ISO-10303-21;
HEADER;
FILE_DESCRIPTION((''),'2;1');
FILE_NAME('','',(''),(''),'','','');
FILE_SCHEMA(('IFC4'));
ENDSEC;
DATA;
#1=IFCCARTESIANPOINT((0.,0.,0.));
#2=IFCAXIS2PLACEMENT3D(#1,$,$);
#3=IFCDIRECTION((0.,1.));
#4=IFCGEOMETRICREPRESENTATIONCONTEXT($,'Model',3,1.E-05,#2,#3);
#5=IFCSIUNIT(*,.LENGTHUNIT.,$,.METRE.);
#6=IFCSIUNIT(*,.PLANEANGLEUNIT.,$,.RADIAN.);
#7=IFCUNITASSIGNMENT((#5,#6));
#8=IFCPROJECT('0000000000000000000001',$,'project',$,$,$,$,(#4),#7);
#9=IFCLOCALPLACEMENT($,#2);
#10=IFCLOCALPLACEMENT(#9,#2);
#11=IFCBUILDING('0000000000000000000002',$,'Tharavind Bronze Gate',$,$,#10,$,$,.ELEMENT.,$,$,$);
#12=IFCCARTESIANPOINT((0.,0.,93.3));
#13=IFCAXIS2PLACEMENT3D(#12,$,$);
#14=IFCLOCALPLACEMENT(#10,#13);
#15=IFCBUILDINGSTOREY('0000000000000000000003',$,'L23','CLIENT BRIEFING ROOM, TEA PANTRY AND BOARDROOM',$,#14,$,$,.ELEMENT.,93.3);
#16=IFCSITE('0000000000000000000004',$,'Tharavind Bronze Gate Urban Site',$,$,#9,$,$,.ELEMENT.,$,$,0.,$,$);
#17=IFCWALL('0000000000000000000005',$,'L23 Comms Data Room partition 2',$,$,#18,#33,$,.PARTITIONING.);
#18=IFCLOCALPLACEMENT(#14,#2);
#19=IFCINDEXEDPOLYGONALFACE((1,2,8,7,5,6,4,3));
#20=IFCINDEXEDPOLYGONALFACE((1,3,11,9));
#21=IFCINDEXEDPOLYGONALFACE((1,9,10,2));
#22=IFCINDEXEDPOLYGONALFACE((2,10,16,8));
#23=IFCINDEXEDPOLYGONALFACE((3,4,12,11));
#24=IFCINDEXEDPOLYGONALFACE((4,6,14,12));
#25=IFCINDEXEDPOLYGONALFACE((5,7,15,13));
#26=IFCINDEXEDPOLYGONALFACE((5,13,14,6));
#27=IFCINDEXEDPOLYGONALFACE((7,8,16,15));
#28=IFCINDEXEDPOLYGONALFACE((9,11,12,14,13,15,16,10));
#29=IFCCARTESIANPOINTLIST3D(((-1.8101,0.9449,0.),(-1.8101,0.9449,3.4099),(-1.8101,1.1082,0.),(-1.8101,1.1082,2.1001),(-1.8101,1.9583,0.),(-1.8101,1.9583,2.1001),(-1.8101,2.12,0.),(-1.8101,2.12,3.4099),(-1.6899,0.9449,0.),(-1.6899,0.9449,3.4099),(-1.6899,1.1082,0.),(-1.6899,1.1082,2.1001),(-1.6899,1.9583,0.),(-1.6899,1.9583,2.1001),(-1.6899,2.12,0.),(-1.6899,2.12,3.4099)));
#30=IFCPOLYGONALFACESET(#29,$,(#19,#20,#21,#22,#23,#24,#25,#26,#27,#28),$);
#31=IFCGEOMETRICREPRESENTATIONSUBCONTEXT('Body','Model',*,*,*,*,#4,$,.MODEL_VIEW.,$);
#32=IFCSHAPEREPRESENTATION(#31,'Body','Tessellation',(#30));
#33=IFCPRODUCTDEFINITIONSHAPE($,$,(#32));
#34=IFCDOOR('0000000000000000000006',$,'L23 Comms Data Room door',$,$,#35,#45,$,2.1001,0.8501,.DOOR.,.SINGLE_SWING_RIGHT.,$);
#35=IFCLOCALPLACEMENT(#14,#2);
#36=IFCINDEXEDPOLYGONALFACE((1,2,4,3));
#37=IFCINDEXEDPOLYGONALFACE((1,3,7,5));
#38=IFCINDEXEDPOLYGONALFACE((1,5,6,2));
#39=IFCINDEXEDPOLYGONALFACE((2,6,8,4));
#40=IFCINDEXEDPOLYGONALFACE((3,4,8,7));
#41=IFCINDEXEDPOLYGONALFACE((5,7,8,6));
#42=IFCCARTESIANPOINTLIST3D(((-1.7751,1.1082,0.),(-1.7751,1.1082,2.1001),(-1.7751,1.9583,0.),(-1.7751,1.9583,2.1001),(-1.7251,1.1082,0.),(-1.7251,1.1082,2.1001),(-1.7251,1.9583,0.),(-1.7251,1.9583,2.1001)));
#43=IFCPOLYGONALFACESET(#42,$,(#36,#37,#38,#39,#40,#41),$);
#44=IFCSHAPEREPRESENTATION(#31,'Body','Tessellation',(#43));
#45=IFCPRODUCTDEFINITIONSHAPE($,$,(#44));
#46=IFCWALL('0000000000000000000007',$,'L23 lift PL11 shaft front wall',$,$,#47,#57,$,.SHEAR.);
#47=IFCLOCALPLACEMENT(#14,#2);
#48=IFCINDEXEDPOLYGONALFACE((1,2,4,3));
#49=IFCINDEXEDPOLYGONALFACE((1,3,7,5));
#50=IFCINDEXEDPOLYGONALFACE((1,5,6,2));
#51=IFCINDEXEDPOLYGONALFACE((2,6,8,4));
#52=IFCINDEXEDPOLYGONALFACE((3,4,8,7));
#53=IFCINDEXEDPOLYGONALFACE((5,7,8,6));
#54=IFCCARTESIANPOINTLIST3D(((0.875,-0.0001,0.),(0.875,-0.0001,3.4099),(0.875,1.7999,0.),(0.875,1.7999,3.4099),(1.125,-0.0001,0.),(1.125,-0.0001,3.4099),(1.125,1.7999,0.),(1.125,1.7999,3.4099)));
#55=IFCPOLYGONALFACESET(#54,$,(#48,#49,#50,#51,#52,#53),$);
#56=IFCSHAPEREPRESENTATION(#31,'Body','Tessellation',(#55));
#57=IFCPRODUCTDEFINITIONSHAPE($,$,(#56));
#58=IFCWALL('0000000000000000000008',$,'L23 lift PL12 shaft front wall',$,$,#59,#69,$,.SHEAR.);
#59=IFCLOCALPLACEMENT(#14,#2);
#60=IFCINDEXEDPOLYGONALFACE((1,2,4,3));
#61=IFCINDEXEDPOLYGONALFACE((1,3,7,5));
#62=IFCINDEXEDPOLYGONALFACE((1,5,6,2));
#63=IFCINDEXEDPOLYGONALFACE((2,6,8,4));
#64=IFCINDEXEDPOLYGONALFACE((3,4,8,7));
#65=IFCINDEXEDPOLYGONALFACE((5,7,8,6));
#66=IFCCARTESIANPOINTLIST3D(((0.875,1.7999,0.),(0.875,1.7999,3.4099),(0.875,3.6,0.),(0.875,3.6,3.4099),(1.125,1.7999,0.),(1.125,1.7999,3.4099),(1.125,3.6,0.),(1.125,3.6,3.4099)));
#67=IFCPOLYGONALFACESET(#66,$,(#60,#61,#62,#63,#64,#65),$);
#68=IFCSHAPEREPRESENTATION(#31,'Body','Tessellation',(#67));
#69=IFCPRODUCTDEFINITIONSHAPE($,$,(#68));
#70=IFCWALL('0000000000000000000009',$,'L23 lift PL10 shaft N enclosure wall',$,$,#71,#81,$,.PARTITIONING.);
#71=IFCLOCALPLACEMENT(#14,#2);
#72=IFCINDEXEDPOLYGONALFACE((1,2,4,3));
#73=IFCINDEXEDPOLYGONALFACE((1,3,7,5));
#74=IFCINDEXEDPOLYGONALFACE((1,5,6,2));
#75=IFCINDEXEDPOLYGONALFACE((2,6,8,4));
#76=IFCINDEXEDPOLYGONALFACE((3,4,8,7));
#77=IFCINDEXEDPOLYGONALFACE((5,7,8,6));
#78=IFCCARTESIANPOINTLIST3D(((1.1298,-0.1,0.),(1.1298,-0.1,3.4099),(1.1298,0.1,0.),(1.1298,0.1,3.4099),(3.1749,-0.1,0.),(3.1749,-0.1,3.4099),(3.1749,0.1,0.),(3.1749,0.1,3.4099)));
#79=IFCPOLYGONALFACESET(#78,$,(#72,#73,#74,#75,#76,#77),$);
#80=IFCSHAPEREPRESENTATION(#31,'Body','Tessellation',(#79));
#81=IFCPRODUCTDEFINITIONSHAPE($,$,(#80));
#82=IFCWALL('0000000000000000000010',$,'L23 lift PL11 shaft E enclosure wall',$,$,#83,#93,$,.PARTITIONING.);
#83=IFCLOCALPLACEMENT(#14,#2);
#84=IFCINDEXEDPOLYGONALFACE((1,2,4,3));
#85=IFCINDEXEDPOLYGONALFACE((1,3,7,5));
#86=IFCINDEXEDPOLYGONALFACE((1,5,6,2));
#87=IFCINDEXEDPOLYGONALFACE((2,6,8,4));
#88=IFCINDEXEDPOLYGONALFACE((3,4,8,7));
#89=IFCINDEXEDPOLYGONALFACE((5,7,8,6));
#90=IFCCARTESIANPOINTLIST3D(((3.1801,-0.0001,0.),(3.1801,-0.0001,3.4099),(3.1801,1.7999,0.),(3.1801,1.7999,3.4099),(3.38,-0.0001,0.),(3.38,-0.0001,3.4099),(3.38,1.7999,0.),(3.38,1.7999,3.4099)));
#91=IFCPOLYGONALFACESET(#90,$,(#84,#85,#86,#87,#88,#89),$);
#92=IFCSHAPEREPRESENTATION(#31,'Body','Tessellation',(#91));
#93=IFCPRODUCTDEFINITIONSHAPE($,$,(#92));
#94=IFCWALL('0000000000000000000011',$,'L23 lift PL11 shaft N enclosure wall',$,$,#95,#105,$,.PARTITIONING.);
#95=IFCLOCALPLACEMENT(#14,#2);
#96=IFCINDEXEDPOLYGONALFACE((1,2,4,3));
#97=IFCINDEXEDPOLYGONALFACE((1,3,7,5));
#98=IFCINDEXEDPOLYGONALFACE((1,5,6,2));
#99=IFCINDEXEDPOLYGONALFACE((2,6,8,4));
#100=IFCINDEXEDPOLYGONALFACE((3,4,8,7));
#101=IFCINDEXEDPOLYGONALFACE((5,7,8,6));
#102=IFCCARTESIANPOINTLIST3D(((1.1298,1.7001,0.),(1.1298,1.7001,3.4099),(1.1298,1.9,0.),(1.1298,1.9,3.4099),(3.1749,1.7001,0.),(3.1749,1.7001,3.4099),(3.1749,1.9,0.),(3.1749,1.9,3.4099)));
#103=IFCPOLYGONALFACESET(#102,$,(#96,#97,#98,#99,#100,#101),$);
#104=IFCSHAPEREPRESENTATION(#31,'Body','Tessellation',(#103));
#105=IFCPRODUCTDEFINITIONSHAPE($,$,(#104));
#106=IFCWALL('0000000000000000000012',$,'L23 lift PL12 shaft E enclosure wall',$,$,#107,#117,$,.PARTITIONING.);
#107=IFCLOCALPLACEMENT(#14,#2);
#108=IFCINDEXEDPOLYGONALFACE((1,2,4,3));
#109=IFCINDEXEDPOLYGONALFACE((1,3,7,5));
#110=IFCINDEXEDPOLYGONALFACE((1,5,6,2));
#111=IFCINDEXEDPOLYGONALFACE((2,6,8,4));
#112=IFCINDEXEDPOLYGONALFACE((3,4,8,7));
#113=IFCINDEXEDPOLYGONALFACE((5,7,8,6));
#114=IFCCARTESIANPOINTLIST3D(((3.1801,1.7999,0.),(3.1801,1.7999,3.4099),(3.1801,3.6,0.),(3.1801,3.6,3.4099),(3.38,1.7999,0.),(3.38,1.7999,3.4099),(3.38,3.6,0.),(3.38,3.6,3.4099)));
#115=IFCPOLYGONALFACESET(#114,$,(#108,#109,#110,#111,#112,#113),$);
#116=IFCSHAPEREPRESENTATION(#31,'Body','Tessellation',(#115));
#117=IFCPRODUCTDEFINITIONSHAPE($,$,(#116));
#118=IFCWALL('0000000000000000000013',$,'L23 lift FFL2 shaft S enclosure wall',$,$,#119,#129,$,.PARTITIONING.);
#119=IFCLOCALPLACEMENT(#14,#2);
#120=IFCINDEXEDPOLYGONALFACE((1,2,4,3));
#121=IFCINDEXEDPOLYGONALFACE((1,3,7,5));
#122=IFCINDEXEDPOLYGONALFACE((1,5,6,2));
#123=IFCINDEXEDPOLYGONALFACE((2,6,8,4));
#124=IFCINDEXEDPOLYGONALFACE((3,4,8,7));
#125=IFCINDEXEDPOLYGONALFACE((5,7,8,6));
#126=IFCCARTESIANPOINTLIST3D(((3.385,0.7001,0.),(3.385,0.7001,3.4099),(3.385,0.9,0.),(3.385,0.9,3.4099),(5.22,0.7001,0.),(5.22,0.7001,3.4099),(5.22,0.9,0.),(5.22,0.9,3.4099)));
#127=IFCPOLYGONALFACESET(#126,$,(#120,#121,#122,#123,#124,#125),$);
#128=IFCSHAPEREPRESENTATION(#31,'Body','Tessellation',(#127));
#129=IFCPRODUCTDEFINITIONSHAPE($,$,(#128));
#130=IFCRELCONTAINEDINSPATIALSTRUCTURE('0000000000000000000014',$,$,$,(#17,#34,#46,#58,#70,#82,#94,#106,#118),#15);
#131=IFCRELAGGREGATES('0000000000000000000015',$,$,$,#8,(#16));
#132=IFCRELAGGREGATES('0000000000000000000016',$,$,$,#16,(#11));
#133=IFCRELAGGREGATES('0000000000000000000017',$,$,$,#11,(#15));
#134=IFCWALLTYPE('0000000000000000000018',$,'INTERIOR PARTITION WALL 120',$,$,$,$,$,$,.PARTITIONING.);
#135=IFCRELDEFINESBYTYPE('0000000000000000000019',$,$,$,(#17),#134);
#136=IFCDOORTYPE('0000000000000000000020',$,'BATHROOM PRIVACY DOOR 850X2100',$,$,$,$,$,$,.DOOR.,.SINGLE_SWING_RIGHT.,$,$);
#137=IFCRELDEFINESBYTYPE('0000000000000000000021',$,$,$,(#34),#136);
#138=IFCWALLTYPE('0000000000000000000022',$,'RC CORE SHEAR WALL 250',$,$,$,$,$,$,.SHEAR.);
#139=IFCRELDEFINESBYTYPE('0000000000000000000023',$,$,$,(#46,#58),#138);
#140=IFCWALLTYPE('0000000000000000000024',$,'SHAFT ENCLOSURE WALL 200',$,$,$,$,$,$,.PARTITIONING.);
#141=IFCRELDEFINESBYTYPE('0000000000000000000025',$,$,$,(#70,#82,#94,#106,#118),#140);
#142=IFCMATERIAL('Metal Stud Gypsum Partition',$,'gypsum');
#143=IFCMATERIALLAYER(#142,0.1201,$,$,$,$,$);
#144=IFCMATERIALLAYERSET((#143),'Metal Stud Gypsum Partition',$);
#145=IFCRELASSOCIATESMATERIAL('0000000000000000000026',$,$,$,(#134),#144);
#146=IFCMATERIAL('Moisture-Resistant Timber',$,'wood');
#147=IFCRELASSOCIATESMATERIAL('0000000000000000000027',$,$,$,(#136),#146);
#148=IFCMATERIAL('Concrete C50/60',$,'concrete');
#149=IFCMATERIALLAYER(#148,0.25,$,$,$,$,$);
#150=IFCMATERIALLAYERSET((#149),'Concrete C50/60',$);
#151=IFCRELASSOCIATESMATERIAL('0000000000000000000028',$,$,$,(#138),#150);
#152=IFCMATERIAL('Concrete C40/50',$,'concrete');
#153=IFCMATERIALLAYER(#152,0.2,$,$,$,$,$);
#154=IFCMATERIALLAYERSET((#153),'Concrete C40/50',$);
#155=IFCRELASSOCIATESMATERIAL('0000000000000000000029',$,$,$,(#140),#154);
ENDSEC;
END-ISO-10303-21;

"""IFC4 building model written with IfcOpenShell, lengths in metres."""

from ifc_helpers import new_model, si_unit, direction, frame, frame_2d, origin, place, context, subcontext, project, spatial, rectangle, extrude, material, layer, layer_set, type_object, element, fill, save


model = new_model("IFC4")

# Units and contexts
model_context = context("Model", 3, precision=1e-05, world=origin(), true_north=direction((0.0, 1.0)))
body_context = subcontext(model_context, "Body", "Model", "MODEL_VIEW")
ifc_project = project(units=[si_unit("LENGTHUNIT", "METRE"), si_unit("PLANEANGLEUNIT", "RADIAN")], contexts=[model_context])

# Site, building, storey
site_placement = place(None, origin())
site = spatial("IfcSite", under=ifc_project, at=site_placement, Name="Tharavind Bronze Gate Urban Site", CompositionType="ELEMENT", RefElevation=0.0)
building_placement = place(site_placement, origin())
building = spatial("IfcBuilding", under=site, at=building_placement, Name="Tharavind Bronze Gate", CompositionType="ELEMENT")
storey_placement = place(building_placement, frame((0.0, 0.0, 93.3)))
storey = spatial("IfcBuildingStorey", under=building, at=storey_placement, Name="L23", Description="CLIENT BRIEFING ROOM, TEA PANTRY AND BOARDROOM", CompositionType="ELEMENT", Elevation=93.3)

# Shared definitions
ifc_material_1 = material(Name="Concrete C40/50", Category="concrete")

# Wall, opening, door
ifc_material_2 = material(Name="Metal Stud Gypsum Partition", Category="gypsum")
ifc_layer_1 = layer(ifc_material_2, 0.1201)
ifc_layer_set_1 = layer_set([ifc_layer_1], Name="Metal Stud Gypsum Partition")
wall_type_1 = type_object("IfcWallType", Name="INTERIOR PARTITION WALL 120", PredefinedType="PARTITIONING", material=ifc_layer_set_1)
ifc_material_3 = material(Name="Moisture-Resistant Timber", Category="wood")
door_type = type_object("IfcDoorType", Name="BATHROOM PRIVACY DOOR 850X2100", OperationType="SINGLE_SWING_RIGHT", PredefinedType="DOOR", material=ifc_material_3)
wall_1_placement = place(storey_placement, frame((-1.75, 0.9451, 0.0), z_axis=(0.0, 0.0, 1.0), x_axis=(0.0, 1.0, 0.0)))
wall_1 = element("IfcWall", 1, at=wall_1_placement, inside=storey, type_object=wall_type_1, Name="L23 Comms Data Room partition 2", PredefinedType="PARTITIONING", context=body_context, shape_type="SweptSolid", body=[
    extrude(rectangle(XDim=1.175, YDim=0.1201, at=frame_2d((0.5874, 0.0))), origin(), (0.0, 0.0, 1.0), 3.4099),
])
opening_1_placement = place(wall_1_placement, frame((0.1631, 0.0, 0.0)))
opening_1 = element("IfcOpeningElement", 2, at=opening_1_placement, cuts=wall_1, PredefinedType="OPENING", context=body_context, shape_type="SweptSolid", body=[
    extrude(rectangle(XDim=0.8501, YDim=2.1001, at=frame_2d((0.425, 1.05))), frame((0.0, 0.0701, 0.0), z_axis=(0.0, -1.0, 0.0), x_axis=(1.0, 0.0, 0.0)), (0.0, 0.0, 1.0), 0.1401),
])
door_1_placement = place(opening_1_placement, frame((0.8501, 0.0, 0.0), z_axis=(0.0, 0.0, 1.0), x_axis=(-1.0, 0.0, 0.0)))
door_1 = element("IfcDoor", 3, at=door_1_placement, inside=storey, type_object=door_type, Name="L23 Comms Data Room door", OperationType="SINGLE_SWING_RIGHT", OverallHeight=2.1001, OverallWidth=0.8501, PredefinedType="DOOR", context=body_context, shape_type="SweptSolid", body=[
    extrude(rectangle(XDim=0.8501, YDim=2.1001, at=frame_2d((0.425, 1.05))), frame((0.0, 0.0249, 0.0), z_axis=(0.0, -1.0, 0.0), x_axis=(1.0, 0.0, 0.0)), (0.0, 0.0, 1.0), 0.05),
])
fill(opening_1, door_1)

# Walls
ifc_material_4 = material(Name="Concrete C50/60", Category="concrete")
ifc_layer_2 = layer(ifc_material_4, 0.25)
ifc_layer_set_2 = layer_set([ifc_layer_2], Name="Concrete C50/60")
wall_type_2 = type_object("IfcWallType", Name="RC CORE SHEAR WALL 250", PredefinedType="SHEAR", material=ifc_layer_set_2)
for number, where, z_axis, x_axis, name in (
    (4, (1.0, 0.0, 0.0), (0.0, 0.0, 1.0), (0.0, 1.0, 0.0), "L23 lift PL11 shaft front wall"),
    (5, (1.0, 1.8, 0.0), (0.0, 0.0, 1.0), (0.0, 1.0, 0.0), "L23 lift PL12 shaft front wall"),
):
    element("IfcWall", number, at=place(storey_placement, frame(where, z_axis=z_axis, x_axis=x_axis)), inside=storey, type_object=wall_type_2, Name=name, PredefinedType="SHEAR", context=body_context, shape_type="SweptSolid", body=[
        extrude(rectangle(XDim=1.8, YDim=0.25, at=frame_2d((0.8999, 0.0))), origin(), (0.0, 0.0, 1.0), 3.4099),
    ])
ifc_layer_3 = layer(ifc_material_1, 0.2)
ifc_layer_set_3 = layer_set([ifc_layer_3], Name="Concrete C40/50")
wall_type_3 = type_object("IfcWallType", Name="SHAFT ENCLOSURE WALL 200", PredefinedType="PARTITIONING", material=ifc_layer_set_3)
wall_2_placement = place(storey_placement, frame((1.1299, 0.0, 0.0), z_axis=(0.0, 0.0, 1.0), x_axis=(1.0, 0.0, 0.0)))
element("IfcWall", 6, at=wall_2_placement, inside=storey, type_object=wall_type_3, Name="L23 lift PL10 shaft N enclosure wall", PredefinedType="PARTITIONING", context=body_context, shape_type="SweptSolid", body=[
    extrude(rectangle(XDim=2.0452, YDim=0.2, at=frame_2d((1.0225, 0.0))), origin(), (0.0, 0.0, 1.0), 3.4099),
])
wall_3_placement = place(storey_placement, frame((3.28, 0.0, 0.0), z_axis=(0.0, 0.0, 1.0), x_axis=(0.0, 1.0, 0.0)))
element("IfcWall", 7, at=wall_3_placement, inside=storey, type_object=wall_type_3, Name="L23 lift PL11 shaft E enclosure wall", PredefinedType="PARTITIONING", context=body_context, shape_type="SweptSolid", body=[
    extrude(rectangle(XDim=1.8, YDim=0.2, at=frame_2d((0.8999, 0.0))), origin(), (0.0, 0.0, 1.0), 3.4099),
])
wall_4_placement = place(storey_placement, frame((1.1299, 1.8, 0.0), z_axis=(0.0, 0.0, 1.0), x_axis=(1.0, 0.0, 0.0)))
element("IfcWall", 8, at=wall_4_placement, inside=storey, type_object=wall_type_3, Name="L23 lift PL11 shaft N enclosure wall", PredefinedType="PARTITIONING", context=body_context, shape_type="SweptSolid", body=[
    extrude(rectangle(XDim=2.0452, YDim=0.2, at=frame_2d((1.0225, 0.0))), origin(), (0.0, 0.0, 1.0), 3.4099),
])
wall_5_placement = place(storey_placement, frame((3.28, 1.8, 0.0), z_axis=(0.0, 0.0, 1.0), x_axis=(0.0, 1.0, 0.0)))
element("IfcWall", 9, at=wall_5_placement, inside=storey, type_object=wall_type_3, Name="L23 lift PL12 shaft E enclosure wall", PredefinedType="PARTITIONING", context=body_context, shape_type="SweptSolid", body=[
    extrude(rectangle(XDim=1.8, YDim=0.2, at=frame_2d((0.8999, 0.0))), origin(), (0.0, 0.0, 1.0), 3.4099),
])
wall_6_placement = place(storey_placement, frame((3.385, 0.8, 0.0), z_axis=(0.0, 0.0, 1.0), x_axis=(1.0, 0.0, 0.0)))
element("IfcWall", 10, at=wall_6_placement, inside=storey, type_object=wall_type_3, Name="L23 lift FFL2 shaft S enclosure wall", PredefinedType="PARTITIONING", context=body_context, shape_type="SweptSolid", body=[
    extrude(rectangle(XDim=1.835, YDim=0.2, at=frame_2d((0.9175, 0.0))), origin(), (0.0, 0.0, 1.0), 3.4099),
])

save(model, "model.ifc")
